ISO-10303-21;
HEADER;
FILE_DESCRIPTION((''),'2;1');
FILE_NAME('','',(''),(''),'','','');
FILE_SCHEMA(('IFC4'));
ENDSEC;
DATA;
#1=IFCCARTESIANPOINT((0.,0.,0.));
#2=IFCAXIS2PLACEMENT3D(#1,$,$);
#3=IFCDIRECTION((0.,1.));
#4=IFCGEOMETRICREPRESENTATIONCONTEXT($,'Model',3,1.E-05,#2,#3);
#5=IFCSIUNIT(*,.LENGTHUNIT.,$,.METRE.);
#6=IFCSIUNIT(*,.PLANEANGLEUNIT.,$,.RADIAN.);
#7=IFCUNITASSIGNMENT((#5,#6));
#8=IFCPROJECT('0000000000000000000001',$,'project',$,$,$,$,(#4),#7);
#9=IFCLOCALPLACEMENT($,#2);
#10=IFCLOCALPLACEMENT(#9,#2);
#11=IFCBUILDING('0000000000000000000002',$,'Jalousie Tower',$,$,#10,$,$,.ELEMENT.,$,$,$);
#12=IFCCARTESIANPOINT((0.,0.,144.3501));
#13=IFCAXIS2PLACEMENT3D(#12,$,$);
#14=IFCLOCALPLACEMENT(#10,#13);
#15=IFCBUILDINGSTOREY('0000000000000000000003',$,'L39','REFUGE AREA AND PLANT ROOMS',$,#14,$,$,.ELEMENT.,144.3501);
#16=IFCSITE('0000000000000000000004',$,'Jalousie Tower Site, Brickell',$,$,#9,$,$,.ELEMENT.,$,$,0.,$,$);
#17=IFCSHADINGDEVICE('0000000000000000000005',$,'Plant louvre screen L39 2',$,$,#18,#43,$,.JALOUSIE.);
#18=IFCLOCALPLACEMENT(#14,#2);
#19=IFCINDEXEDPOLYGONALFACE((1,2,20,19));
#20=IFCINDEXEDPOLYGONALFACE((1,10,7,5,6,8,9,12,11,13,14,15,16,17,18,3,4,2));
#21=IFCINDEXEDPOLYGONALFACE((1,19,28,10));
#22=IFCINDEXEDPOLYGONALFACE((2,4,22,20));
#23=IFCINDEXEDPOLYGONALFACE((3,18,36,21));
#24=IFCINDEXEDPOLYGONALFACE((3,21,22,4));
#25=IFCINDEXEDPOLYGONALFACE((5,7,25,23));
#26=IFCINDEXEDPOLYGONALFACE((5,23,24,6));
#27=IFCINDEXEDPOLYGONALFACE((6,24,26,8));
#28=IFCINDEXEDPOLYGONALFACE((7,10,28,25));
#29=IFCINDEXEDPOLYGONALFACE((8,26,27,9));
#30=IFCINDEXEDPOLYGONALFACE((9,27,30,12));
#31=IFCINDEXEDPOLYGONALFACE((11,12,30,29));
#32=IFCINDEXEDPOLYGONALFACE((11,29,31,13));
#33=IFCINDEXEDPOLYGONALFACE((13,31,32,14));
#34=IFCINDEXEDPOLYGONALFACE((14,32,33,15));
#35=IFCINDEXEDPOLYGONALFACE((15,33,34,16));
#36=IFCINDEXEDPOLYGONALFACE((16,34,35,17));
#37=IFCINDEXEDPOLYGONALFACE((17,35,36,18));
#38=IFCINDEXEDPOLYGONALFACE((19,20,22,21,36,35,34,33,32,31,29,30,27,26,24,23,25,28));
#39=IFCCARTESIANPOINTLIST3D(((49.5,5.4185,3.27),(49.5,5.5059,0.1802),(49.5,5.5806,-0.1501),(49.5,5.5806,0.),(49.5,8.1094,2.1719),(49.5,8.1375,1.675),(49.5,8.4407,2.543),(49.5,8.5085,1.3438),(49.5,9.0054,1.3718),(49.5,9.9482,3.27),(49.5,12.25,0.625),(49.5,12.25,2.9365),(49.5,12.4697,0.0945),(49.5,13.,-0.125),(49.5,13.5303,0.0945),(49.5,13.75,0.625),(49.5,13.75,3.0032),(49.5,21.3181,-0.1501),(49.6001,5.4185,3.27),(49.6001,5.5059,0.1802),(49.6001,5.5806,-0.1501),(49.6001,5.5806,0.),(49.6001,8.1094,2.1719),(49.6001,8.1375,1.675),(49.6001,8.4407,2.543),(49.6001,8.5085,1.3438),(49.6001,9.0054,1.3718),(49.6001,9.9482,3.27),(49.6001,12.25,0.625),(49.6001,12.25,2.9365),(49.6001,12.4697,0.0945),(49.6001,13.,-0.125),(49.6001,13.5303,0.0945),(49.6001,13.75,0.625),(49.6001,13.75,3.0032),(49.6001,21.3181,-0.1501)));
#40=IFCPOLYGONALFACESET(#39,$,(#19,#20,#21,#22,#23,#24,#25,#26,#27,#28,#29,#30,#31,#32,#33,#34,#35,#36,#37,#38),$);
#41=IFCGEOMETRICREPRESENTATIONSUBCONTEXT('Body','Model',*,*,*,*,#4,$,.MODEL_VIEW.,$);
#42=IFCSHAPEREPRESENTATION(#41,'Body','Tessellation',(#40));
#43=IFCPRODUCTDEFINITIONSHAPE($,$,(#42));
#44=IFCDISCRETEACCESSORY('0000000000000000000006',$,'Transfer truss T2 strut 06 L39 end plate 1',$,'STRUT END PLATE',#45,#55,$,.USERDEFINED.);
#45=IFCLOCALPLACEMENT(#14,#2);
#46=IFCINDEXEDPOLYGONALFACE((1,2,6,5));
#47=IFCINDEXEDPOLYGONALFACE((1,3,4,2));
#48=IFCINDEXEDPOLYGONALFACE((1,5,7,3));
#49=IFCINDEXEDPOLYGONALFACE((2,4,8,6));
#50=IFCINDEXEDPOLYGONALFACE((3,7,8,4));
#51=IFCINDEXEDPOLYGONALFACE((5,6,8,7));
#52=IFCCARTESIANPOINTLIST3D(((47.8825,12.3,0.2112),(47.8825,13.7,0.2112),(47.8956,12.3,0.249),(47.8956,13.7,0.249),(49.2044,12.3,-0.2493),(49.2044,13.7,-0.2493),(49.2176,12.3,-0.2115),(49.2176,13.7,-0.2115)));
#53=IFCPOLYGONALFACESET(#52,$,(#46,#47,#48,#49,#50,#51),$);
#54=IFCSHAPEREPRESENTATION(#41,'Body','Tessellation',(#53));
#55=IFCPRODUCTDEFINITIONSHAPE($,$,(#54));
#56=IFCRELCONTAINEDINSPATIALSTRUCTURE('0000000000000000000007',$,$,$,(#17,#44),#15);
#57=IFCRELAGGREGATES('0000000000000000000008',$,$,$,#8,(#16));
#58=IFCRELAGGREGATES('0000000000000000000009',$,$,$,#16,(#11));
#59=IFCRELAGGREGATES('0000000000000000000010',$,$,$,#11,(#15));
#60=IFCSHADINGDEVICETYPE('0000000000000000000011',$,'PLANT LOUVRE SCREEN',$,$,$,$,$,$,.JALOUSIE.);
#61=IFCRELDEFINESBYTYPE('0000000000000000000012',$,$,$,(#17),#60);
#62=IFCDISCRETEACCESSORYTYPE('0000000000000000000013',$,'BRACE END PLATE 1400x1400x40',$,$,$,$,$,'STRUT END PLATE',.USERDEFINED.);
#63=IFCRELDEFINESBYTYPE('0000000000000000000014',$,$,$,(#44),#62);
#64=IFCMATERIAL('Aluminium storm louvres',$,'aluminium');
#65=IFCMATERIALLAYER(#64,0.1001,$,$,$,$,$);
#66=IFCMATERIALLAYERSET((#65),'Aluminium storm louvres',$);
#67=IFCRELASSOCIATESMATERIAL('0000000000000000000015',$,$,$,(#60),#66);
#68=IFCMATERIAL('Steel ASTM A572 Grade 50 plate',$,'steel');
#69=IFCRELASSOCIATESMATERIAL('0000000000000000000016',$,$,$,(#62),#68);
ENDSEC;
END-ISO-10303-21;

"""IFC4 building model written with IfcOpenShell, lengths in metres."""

from ifc_helpers import new_model, si_unit, direction, frame, origin, origin_2d, place, context, subcontext, project, spatial, polyline, rectangle, outline, extrude, material, layer, layer_set, material_profile, profile_set, type_object, element, save


model = new_model("IFC4")

# Units and contexts
model_context = context("Model", 3, precision=1e-05, world=origin(), true_north=direction((0.0, 1.0)))
body_context = subcontext(model_context, "Body", "Model", "MODEL_VIEW")
ifc_project = project(units=[si_unit("LENGTHUNIT", "METRE"), si_unit("PLANEANGLEUNIT", "RADIAN")], contexts=[model_context])

# Site, building, storey
site_placement = place(None, origin())
site = spatial("IfcSite", under=ifc_project, at=site_placement, Name="Jalousie Tower Site, Brickell", CompositionType="ELEMENT", RefElevation=0.0)
building_placement = place(site_placement, origin())
building = spatial("IfcBuilding", under=site, at=building_placement, Name="Jalousie Tower", CompositionType="ELEMENT")
storey_placement = place(building_placement, frame((0.0, 0.0, 144.3501)))
storey = spatial("IfcBuildingStorey", under=building, at=storey_placement, Name="L39", Description="REFUGE AREA AND PLANT ROOMS", CompositionType="ELEMENT", Elevation=144.3501)

# Shading device
ifc_material_1 = material(Name="Aluminium storm louvres", Category="aluminium")
ifc_layer_1 = layer(ifc_material_1, 0.1001)
ifc_layer_set_1 = layer_set([ifc_layer_1], Name="Aluminium storm louvres")
shading_device_type = type_object("IfcShadingDeviceType", Name="PLANT LOUVRE SCREEN", PredefinedType="JALOUSIE", material=ifc_layer_set_1)
shading_device_1_placement = place(storey_placement, frame((49.6001, 5.5806, -0.1501), z_axis=(1.0, 0.0, 0.0), x_axis=(0.0, 1.0, 0.0)))
element("IfcShadingDevice", 1, at=shading_device_1_placement, inside=storey, type_object=shading_device_type, Name="Plant louvre screen L39 2", PredefinedType="JALOUSIE", context=body_context, shape_type="SweptSolid", body=[
    extrude(outline(polyline([(0.0, 0.0), (15.7375, 0.0), (8.1694, 3.1533), (8.1694, 0.7751), (7.9497, 0.2446), (7.4194, 0.0251), (6.8892, 0.2446), (6.6694, 0.7751), (6.6694, 3.0867), (3.4248, 1.522), (2.928, 1.4939), (2.5569, 1.8252), (2.5288, 2.322), (2.8601, 2.6931), (4.3677, 3.4202), (-0.1621, 3.4202), (-0.0747, 0.3303), (0.0, 0.1501), (0.0, 0.0)])), origin(), (0.0, 0.0, -1.0), 0.1001),
])

# Discrete accessory
ifc_material_2 = material(Name="Steel ASTM A572 Grade 50 plate", Category="steel")
ifc_material_profile_1 = material_profile(ifc_material_2, rectangle(XDim=1.3999, YDim=1.3999, at=origin_2d()), Name="BRACE END PLATE 1400x1400x40")
ifc_profile_set_1 = profile_set([ifc_material_profile_1], Name="Steel ASTM A572 Grade 50 plate")
discrete_accessory_type = type_object("IfcDiscreteAccessoryType", Name="BRACE END PLATE 1400x1400x40", ElementType="STRUT END PLATE", PredefinedType="USERDEFINED", material=ifc_profile_set_1)
discrete_accessory_placement = place(storey_placement, frame((48.5435, 13.0, -0.019), z_axis=(0.328993, 0.0, 0.944332), x_axis=(0.0, 1.0, 0.0)))
element("IfcDiscreteAccessory", 2, at=discrete_accessory_placement, inside=storey, type_object=discrete_accessory_type, Name="Transfer truss T2 strut 06 L39 end plate 1", ObjectType="STRUT END PLATE", PredefinedType="USERDEFINED", context=body_context, shape_type="SweptSolid", body=[
    extrude(rectangle(XDim=1.3999, YDim=1.3999, at=origin_2d()), origin(), (0.0, 0.0, 1.0), 0.04),
])

save(model, "model.ifc")
